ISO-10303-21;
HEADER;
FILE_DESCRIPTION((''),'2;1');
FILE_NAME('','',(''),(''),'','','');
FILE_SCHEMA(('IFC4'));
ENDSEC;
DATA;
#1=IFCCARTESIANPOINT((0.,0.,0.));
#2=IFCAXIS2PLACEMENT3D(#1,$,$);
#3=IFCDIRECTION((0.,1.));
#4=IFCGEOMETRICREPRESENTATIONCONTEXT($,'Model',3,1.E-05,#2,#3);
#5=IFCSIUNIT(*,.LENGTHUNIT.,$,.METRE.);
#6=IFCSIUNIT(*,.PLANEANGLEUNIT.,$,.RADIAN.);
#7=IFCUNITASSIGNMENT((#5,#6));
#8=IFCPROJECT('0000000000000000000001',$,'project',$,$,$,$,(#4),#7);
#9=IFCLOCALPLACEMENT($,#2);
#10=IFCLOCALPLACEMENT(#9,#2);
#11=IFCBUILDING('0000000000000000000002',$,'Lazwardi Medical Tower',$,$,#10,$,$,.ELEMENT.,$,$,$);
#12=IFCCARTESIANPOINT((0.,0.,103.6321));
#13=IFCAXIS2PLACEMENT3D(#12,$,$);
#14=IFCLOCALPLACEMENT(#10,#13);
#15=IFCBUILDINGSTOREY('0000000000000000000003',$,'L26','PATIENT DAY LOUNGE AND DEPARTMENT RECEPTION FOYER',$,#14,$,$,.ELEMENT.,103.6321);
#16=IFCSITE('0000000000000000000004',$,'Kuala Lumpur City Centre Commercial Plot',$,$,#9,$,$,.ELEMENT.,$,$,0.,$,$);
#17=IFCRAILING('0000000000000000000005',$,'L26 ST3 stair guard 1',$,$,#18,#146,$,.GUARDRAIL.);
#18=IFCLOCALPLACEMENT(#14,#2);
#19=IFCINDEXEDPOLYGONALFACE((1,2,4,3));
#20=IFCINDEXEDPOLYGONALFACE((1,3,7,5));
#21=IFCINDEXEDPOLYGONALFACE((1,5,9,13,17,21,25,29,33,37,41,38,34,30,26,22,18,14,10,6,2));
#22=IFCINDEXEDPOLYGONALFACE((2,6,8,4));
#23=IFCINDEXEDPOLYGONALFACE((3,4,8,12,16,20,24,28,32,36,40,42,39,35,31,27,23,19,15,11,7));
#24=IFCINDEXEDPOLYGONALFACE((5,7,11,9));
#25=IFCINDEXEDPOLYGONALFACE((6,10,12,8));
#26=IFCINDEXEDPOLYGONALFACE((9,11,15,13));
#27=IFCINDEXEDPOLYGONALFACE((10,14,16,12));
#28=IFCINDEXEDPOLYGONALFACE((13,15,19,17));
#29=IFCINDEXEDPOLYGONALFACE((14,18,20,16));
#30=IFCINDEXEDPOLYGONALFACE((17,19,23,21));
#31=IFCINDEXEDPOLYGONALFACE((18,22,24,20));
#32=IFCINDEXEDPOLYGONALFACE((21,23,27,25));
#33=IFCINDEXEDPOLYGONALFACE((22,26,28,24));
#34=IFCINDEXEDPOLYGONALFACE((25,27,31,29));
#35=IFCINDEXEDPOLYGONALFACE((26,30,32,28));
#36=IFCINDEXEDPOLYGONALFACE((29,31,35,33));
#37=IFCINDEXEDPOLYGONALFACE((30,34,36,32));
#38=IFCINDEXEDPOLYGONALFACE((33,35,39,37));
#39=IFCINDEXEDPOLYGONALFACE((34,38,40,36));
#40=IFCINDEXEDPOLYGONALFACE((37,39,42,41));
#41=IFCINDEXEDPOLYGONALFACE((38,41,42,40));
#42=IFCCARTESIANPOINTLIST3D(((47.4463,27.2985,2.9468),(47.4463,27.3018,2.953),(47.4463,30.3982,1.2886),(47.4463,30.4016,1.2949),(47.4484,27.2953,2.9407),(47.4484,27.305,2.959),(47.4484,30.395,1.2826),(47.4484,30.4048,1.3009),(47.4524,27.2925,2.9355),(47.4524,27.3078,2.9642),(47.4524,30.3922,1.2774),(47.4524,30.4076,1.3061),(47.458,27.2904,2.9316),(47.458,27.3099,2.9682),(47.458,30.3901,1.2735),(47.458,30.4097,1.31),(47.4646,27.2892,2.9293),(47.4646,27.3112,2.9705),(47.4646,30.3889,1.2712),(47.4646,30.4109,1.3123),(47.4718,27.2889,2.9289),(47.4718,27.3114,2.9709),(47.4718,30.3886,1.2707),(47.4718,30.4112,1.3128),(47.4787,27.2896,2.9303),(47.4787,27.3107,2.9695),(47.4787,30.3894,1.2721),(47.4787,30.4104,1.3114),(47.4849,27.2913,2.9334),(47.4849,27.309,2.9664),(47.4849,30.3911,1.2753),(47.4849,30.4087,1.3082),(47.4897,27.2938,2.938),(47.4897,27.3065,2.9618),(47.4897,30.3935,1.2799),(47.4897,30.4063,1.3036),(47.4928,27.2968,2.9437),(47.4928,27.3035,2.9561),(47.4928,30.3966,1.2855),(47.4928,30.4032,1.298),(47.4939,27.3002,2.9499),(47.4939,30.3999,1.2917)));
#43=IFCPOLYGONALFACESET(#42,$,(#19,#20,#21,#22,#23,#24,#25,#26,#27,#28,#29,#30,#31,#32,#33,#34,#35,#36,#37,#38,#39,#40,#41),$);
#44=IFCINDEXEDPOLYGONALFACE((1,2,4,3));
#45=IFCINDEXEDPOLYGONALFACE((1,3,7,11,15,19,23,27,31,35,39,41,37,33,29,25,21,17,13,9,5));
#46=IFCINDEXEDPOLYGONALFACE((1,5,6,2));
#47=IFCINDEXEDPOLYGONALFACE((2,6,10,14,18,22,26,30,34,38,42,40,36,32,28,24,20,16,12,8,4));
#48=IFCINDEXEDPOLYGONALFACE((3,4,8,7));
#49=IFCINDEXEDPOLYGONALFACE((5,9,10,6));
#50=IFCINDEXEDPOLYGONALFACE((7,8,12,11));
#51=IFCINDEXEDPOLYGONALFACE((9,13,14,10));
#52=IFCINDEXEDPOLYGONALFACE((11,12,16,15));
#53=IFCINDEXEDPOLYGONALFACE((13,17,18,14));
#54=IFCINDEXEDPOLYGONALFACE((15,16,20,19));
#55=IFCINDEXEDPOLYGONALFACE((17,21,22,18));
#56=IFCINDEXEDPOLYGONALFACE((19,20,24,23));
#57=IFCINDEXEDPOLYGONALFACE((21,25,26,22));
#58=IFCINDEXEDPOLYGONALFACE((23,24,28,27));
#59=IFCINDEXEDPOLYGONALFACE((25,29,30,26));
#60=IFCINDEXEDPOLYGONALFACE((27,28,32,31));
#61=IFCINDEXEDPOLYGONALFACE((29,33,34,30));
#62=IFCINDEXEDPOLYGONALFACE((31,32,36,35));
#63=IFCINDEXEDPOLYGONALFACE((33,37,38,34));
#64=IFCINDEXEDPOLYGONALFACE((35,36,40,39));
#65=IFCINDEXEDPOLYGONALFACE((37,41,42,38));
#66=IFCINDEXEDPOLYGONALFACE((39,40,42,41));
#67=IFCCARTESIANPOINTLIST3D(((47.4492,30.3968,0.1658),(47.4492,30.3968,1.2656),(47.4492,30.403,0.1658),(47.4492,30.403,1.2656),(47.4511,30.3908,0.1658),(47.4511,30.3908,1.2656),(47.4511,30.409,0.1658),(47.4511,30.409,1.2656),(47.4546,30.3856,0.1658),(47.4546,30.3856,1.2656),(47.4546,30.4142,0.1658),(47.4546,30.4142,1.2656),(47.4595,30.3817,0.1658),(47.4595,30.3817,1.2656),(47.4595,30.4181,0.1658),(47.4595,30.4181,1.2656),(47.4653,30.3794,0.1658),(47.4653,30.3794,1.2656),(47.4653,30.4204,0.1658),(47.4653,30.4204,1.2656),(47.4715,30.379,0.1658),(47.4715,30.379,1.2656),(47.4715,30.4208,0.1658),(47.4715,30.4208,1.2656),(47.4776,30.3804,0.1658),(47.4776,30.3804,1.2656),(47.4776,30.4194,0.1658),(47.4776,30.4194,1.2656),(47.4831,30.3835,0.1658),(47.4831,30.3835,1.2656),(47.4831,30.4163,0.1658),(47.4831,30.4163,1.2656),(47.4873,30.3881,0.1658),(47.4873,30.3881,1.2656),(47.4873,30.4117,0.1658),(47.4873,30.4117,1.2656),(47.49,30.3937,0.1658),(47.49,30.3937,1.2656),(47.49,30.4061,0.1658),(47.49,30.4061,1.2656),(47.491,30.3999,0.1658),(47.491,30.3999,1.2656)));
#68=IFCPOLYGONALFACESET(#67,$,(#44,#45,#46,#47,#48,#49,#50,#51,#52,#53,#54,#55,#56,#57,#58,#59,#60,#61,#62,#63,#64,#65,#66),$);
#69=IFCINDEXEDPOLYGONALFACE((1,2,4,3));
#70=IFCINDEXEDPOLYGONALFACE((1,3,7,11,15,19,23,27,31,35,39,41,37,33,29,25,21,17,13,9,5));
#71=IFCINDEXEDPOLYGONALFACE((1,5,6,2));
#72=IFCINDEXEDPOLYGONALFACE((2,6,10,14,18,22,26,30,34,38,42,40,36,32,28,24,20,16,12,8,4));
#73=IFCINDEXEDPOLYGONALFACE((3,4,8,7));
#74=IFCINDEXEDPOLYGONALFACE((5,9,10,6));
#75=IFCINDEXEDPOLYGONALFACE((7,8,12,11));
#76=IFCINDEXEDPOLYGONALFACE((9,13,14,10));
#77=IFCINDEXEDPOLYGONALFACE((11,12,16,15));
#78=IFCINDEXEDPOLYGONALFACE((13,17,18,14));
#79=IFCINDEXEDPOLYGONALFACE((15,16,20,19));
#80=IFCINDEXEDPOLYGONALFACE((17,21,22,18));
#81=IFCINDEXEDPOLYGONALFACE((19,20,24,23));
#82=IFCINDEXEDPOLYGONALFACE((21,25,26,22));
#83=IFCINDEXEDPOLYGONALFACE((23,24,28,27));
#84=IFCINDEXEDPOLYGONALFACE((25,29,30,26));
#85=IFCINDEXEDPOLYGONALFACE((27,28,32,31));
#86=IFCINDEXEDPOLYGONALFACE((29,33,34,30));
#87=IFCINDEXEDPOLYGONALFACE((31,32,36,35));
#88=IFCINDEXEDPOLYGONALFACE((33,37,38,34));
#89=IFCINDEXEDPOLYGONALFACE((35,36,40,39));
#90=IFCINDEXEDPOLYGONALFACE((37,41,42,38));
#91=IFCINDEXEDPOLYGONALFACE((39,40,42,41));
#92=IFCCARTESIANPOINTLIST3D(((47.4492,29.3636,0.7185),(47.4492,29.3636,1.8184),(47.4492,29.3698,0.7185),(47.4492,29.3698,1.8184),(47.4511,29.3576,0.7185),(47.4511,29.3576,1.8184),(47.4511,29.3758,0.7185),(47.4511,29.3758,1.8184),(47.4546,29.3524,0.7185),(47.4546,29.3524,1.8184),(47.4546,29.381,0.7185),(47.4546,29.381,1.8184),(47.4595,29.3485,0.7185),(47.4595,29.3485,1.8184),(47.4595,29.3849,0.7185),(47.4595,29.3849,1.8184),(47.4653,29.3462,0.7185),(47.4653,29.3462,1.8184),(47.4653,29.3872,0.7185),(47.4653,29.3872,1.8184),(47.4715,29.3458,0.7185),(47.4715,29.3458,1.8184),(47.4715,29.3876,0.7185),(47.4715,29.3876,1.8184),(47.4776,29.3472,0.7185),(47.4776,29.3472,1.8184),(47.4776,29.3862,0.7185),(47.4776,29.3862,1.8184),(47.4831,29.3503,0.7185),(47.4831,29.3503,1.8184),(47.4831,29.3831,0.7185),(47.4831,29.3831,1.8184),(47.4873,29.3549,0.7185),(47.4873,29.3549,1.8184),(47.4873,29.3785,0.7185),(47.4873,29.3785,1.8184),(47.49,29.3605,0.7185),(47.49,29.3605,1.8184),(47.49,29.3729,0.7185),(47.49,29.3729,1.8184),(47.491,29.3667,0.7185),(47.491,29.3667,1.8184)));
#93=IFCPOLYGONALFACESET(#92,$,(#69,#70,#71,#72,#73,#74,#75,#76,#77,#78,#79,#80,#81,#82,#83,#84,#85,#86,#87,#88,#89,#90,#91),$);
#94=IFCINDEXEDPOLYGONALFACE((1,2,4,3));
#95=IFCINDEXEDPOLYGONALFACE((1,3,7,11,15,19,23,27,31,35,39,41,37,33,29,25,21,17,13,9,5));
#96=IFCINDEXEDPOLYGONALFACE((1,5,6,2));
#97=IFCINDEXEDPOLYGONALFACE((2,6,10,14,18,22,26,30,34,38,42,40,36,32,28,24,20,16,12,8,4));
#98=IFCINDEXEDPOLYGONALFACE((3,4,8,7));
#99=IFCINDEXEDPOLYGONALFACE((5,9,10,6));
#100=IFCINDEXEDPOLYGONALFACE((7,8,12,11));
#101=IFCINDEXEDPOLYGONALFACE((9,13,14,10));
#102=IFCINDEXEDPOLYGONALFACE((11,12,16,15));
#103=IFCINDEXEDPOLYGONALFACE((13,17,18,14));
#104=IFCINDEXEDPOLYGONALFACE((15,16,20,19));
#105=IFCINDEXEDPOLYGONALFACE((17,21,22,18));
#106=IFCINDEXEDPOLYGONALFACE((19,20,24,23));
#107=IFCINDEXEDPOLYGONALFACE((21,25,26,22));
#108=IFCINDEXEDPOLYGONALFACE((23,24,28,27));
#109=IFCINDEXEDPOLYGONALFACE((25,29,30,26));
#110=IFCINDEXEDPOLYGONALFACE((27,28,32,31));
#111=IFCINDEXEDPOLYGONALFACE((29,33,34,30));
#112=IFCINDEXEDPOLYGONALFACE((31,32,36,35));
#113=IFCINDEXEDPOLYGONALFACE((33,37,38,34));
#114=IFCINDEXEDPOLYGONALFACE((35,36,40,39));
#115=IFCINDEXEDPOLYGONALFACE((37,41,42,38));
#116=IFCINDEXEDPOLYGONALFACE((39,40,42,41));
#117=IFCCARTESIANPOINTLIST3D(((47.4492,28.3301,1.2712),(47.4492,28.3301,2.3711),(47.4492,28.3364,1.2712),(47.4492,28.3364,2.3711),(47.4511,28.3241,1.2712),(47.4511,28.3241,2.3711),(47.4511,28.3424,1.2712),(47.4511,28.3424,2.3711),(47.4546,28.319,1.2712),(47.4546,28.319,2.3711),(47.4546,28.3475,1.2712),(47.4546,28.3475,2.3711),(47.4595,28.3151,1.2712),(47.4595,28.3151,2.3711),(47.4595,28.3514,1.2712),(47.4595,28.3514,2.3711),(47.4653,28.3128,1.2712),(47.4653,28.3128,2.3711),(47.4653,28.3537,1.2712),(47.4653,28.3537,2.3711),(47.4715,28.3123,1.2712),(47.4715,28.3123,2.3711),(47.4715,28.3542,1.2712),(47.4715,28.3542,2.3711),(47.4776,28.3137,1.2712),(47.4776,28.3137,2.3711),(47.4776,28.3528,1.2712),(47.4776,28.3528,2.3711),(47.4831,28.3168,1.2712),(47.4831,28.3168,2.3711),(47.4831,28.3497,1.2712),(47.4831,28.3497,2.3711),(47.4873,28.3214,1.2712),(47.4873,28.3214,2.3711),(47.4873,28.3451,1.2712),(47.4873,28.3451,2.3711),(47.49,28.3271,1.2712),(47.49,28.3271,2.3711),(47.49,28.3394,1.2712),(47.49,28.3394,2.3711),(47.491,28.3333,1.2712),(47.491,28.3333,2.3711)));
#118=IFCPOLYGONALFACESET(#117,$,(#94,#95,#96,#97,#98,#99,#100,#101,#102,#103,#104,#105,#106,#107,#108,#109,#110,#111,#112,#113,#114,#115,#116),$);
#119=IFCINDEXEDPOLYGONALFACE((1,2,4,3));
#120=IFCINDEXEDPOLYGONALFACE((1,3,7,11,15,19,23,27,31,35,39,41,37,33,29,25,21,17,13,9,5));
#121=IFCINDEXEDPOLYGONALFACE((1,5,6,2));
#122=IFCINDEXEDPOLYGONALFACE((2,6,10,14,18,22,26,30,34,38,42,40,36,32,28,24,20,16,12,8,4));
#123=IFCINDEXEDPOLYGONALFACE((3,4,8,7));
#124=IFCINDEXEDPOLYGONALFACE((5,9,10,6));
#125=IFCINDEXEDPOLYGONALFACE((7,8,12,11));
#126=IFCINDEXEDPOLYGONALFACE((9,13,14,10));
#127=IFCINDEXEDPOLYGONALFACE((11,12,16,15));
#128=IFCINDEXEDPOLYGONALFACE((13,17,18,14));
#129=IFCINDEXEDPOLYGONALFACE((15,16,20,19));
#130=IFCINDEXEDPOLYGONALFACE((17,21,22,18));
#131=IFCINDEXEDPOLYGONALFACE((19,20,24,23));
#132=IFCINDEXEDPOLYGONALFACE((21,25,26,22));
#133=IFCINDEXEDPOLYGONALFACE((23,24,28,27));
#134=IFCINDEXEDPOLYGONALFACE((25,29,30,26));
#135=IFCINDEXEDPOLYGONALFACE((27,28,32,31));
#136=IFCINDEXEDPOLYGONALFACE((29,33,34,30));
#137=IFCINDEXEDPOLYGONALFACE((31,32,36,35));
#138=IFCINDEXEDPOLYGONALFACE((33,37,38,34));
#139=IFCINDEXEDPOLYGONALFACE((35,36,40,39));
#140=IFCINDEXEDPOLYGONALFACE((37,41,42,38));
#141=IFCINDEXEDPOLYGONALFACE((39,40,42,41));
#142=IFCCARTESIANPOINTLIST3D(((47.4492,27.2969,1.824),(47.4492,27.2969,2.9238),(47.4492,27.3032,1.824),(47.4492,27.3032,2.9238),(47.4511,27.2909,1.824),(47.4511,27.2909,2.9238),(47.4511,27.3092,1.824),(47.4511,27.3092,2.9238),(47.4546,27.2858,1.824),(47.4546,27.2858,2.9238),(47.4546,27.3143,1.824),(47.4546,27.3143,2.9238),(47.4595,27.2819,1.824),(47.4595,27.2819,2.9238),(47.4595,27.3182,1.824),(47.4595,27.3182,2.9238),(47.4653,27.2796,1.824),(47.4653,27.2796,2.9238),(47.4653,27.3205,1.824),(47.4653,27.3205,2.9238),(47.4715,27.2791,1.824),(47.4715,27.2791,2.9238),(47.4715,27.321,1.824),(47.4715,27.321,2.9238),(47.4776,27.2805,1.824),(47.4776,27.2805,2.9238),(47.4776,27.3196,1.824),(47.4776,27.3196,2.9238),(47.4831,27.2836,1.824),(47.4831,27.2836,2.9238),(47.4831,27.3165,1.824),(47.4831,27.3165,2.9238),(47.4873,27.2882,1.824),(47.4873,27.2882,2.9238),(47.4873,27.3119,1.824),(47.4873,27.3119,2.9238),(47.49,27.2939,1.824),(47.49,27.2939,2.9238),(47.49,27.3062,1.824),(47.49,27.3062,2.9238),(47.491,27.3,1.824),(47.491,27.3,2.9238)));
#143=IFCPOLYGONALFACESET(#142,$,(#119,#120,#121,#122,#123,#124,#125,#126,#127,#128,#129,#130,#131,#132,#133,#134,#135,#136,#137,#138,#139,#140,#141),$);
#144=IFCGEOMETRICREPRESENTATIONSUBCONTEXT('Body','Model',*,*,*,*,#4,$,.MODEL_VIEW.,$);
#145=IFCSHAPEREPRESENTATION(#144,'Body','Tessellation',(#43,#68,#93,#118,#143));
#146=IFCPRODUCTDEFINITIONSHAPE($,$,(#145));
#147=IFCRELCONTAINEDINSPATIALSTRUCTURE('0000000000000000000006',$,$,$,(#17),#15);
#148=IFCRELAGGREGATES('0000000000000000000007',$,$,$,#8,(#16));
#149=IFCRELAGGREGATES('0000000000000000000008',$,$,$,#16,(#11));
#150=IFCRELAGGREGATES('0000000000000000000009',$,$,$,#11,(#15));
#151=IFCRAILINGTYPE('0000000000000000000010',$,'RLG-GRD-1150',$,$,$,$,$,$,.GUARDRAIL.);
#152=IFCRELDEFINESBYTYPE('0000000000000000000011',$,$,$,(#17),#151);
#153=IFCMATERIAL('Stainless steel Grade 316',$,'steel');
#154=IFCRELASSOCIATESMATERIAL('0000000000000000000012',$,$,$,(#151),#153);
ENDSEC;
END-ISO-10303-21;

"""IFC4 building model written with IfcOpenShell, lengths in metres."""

from ifc_helpers import new_model, si_unit, direction, frame, origin, origin_2d, place, context, subcontext, project, spatial, circle, extrude, material, type_object, element, save


model = new_model("IFC4")

# Units and contexts
model_context = context("Model", 3, precision=1e-05, world=origin(), true_north=direction((0.0, 1.0)))
body_context = subcontext(model_context, "Body", "Model", "MODEL_VIEW")
ifc_project = project(units=[si_unit("LENGTHUNIT", "METRE"), si_unit("PLANEANGLEUNIT", "RADIAN")], contexts=[model_context])

# Site, building, storey
site_placement = place(None, origin())
site = spatial("IfcSite", under=ifc_project, at=site_placement, Name="Kuala Lumpur City Centre Commercial Plot", CompositionType="ELEMENT", RefElevation=0.0)
building_placement = place(site_placement, origin())
building = spatial("IfcBuilding", under=site, at=building_placement, Name="Lazwardi Medical Tower", CompositionType="ELEMENT")
storey_placement = place(building_placement, frame((0.0, 0.0, 103.6321)))
storey = spatial("IfcBuildingStorey", under=building, at=storey_placement, Name="L26", Description="PATIENT DAY LOUNGE AND DEPARTMENT RECEPTION FOYER", CompositionType="ELEMENT", Elevation=103.6321)

# Railing
ifc_material_1 = material(Name="Stainless steel Grade 316", Category="steel")
railing_type_1 = type_object("IfcRailingType", Name="RLG-GRD-1150", PredefinedType="GUARDRAIL", material=ifc_material_1)
railing_1_placement = place(storey_placement, frame((47.47, 30.3999, 0.1658)))
element("IfcRailing", 1, at=railing_1_placement, inside=storey, type_object=railing_type_1, Name="L26 ST3 stair guard 1", PredefinedType="GUARDRAIL", context=body_context, shape_type="SweptSolid", body=[
    extrude(circle(Radius=0.0239, at=origin_2d()), frame((0.0, 0.0, 1.126), z_axis=(0.0, -0.881768, 0.471684), x_axis=(1.0, 0.0, 0.0)), (0.0, 0.0, 1.0), 3.5154),
    extrude(circle(Radius=0.021, at=origin_2d()), origin(), (0.0, 0.0, 1.0), 1.0999),
    extrude(circle(Radius=0.021, at=origin_2d()), frame((0.0, -1.0332, 0.5527)), (0.0, 0.0, 1.0), 1.0999),
    extrude(circle(Radius=0.021, at=origin_2d()), frame((0.0, -2.0667, 1.1055)), (0.0, 0.0, 1.0), 1.0999),
    extrude(circle(Radius=0.021, at=origin_2d()), frame((0.0, -3.0999, 1.6582)), (0.0, 0.0, 1.0), 1.0999),
])

save(model, "model.ifc")
